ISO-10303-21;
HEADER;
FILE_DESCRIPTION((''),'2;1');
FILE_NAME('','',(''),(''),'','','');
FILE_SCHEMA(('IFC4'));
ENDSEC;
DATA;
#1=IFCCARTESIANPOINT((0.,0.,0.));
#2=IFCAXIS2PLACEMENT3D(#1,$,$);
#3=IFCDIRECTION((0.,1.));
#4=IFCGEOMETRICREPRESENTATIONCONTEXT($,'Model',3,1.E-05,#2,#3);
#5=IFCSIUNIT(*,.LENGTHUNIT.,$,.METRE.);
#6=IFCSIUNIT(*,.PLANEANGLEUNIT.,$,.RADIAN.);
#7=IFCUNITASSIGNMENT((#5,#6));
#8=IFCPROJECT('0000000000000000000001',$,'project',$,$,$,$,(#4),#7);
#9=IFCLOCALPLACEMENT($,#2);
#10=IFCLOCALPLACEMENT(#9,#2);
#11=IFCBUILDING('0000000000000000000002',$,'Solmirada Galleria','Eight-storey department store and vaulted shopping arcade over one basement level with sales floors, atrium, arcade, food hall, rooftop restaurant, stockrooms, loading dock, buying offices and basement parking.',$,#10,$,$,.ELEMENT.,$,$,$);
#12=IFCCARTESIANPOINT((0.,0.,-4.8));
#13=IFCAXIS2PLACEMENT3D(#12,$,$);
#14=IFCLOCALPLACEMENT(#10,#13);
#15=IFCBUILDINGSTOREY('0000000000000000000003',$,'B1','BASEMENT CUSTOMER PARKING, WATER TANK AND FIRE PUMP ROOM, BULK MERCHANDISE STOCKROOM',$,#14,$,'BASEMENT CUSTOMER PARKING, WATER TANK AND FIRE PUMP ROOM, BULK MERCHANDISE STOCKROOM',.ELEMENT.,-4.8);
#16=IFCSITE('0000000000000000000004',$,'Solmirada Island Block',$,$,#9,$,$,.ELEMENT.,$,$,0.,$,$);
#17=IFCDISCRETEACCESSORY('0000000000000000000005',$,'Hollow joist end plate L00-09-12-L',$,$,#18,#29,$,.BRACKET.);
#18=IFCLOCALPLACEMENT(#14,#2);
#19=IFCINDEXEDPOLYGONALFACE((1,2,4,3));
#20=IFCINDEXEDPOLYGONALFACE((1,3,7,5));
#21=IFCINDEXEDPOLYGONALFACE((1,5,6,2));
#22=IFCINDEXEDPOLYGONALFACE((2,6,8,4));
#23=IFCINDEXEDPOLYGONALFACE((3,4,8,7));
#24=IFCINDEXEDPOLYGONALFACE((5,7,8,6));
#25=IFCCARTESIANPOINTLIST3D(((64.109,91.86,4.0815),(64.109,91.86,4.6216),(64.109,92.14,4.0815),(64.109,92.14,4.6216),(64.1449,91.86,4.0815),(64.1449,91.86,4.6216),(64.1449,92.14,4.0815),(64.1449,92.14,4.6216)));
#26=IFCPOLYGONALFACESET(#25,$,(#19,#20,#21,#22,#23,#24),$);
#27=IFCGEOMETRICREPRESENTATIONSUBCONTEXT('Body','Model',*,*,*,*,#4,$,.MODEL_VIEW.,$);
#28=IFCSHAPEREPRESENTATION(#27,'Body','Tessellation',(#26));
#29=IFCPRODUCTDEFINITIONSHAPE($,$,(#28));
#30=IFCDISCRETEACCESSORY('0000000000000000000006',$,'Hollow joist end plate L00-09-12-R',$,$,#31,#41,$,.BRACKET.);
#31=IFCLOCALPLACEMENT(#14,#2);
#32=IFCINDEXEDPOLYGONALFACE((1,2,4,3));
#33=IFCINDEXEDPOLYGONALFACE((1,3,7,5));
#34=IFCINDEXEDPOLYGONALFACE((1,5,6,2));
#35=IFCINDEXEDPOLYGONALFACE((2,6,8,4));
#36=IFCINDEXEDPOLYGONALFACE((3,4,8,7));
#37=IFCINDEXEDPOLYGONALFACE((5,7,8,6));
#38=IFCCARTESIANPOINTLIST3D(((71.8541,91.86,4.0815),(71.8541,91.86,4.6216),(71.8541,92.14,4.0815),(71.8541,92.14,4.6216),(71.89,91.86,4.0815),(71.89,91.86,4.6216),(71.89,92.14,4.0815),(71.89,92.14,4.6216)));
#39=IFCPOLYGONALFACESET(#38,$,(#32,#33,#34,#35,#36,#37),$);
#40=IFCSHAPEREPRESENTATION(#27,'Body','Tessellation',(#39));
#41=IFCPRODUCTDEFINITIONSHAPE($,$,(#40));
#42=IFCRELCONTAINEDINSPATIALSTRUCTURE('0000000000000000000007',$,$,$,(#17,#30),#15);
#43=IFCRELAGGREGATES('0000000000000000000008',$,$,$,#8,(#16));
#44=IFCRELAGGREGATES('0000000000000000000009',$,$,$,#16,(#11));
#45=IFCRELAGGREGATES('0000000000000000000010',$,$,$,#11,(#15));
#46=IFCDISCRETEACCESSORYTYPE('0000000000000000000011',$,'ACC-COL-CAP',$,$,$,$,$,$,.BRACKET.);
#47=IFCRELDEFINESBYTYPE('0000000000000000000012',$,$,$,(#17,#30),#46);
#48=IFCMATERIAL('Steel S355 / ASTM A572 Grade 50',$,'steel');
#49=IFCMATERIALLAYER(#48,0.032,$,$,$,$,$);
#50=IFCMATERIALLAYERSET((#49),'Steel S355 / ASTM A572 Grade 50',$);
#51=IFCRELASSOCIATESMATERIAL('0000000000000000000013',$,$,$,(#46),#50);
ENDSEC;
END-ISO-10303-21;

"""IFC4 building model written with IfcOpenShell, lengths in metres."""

from ifc_helpers import new_model, si_unit, direction, frame, origin, origin_2d, place, context, subcontext, project, spatial, rectangle, extrude, material, layer, layer_set, type_object, element, save


model = new_model("IFC4")

# Units and contexts
model_context = context("Model", 3, precision=1e-05, world=origin(), true_north=direction((0.0, 1.0)))
body_context = subcontext(model_context, "Body", "Model", "MODEL_VIEW")
ifc_project = project(units=[si_unit("LENGTHUNIT", "METRE"), si_unit("PLANEANGLEUNIT", "RADIAN")], contexts=[model_context])

# Site, building, storey
site_placement = place(None, origin())
site = spatial("IfcSite", under=ifc_project, at=site_placement, Name="Solmirada Island Block", CompositionType="ELEMENT", RefElevation=0.0)
building_placement = place(site_placement, origin())
building = spatial("IfcBuilding", under=site, at=building_placement, Name="Solmirada Galleria", Description="Eight-storey department store and vaulted shopping arcade over one basement level with sales floors, atrium, arcade, food hall, rooftop restaurant, stockrooms, loading dock, buying offices and basement parking.", CompositionType="ELEMENT")
storey_placement = place(building_placement, frame((0.0, 0.0, -4.8)))
storey = spatial("IfcBuildingStorey", under=building, at=storey_placement, Name="B1", Description="BASEMENT CUSTOMER PARKING, WATER TANK AND FIRE PUMP ROOM, BULK MERCHANDISE STOCKROOM", LongName="BASEMENT CUSTOMER PARKING, WATER TANK AND FIRE PUMP ROOM, BULK MERCHANDISE STOCKROOM", CompositionType="ELEMENT", Elevation=-4.8)

# Discrete accessories
ifc_material_1 = material(Name="Steel S355 / ASTM A572 Grade 50", Category="steel")
ifc_layer = layer(ifc_material_1, 0.032)
ifc_layer_set = layer_set([ifc_layer], Name="Steel S355 / ASTM A572 Grade 50")
discrete_accessory_type_1 = type_object("IfcDiscreteAccessoryType", Name="ACC-COL-CAP", PredefinedType="BRACKET", material=ifc_layer_set)
for number, where, z_axis, x_axis, name in (
    (1, (64.127, 92.0, 4.0815), (0.0, 0.0, 1.0), (1.0, 0.0, 0.0), "Hollow joist end plate L00-09-12-L"),
    (2, (71.8721, 92.0, 4.0815), (0.0, 0.0, 1.0), (1.0, 0.0, 0.0), "Hollow joist end plate L00-09-12-R"),
):
    element("IfcDiscreteAccessory", number, at=place(storey_placement, frame(where, z_axis=z_axis, x_axis=x_axis)), inside=storey, type_object=discrete_accessory_type_1, Name=name, PredefinedType="BRACKET", context=body_context, shape_type="SweptSolid", body=[
        extrude(rectangle(XDim=0.0359, YDim=0.28, at=origin_2d()), origin(), (0.0, 0.0, 1.0), 0.54),
    ])

save(model, "model.ifc")
